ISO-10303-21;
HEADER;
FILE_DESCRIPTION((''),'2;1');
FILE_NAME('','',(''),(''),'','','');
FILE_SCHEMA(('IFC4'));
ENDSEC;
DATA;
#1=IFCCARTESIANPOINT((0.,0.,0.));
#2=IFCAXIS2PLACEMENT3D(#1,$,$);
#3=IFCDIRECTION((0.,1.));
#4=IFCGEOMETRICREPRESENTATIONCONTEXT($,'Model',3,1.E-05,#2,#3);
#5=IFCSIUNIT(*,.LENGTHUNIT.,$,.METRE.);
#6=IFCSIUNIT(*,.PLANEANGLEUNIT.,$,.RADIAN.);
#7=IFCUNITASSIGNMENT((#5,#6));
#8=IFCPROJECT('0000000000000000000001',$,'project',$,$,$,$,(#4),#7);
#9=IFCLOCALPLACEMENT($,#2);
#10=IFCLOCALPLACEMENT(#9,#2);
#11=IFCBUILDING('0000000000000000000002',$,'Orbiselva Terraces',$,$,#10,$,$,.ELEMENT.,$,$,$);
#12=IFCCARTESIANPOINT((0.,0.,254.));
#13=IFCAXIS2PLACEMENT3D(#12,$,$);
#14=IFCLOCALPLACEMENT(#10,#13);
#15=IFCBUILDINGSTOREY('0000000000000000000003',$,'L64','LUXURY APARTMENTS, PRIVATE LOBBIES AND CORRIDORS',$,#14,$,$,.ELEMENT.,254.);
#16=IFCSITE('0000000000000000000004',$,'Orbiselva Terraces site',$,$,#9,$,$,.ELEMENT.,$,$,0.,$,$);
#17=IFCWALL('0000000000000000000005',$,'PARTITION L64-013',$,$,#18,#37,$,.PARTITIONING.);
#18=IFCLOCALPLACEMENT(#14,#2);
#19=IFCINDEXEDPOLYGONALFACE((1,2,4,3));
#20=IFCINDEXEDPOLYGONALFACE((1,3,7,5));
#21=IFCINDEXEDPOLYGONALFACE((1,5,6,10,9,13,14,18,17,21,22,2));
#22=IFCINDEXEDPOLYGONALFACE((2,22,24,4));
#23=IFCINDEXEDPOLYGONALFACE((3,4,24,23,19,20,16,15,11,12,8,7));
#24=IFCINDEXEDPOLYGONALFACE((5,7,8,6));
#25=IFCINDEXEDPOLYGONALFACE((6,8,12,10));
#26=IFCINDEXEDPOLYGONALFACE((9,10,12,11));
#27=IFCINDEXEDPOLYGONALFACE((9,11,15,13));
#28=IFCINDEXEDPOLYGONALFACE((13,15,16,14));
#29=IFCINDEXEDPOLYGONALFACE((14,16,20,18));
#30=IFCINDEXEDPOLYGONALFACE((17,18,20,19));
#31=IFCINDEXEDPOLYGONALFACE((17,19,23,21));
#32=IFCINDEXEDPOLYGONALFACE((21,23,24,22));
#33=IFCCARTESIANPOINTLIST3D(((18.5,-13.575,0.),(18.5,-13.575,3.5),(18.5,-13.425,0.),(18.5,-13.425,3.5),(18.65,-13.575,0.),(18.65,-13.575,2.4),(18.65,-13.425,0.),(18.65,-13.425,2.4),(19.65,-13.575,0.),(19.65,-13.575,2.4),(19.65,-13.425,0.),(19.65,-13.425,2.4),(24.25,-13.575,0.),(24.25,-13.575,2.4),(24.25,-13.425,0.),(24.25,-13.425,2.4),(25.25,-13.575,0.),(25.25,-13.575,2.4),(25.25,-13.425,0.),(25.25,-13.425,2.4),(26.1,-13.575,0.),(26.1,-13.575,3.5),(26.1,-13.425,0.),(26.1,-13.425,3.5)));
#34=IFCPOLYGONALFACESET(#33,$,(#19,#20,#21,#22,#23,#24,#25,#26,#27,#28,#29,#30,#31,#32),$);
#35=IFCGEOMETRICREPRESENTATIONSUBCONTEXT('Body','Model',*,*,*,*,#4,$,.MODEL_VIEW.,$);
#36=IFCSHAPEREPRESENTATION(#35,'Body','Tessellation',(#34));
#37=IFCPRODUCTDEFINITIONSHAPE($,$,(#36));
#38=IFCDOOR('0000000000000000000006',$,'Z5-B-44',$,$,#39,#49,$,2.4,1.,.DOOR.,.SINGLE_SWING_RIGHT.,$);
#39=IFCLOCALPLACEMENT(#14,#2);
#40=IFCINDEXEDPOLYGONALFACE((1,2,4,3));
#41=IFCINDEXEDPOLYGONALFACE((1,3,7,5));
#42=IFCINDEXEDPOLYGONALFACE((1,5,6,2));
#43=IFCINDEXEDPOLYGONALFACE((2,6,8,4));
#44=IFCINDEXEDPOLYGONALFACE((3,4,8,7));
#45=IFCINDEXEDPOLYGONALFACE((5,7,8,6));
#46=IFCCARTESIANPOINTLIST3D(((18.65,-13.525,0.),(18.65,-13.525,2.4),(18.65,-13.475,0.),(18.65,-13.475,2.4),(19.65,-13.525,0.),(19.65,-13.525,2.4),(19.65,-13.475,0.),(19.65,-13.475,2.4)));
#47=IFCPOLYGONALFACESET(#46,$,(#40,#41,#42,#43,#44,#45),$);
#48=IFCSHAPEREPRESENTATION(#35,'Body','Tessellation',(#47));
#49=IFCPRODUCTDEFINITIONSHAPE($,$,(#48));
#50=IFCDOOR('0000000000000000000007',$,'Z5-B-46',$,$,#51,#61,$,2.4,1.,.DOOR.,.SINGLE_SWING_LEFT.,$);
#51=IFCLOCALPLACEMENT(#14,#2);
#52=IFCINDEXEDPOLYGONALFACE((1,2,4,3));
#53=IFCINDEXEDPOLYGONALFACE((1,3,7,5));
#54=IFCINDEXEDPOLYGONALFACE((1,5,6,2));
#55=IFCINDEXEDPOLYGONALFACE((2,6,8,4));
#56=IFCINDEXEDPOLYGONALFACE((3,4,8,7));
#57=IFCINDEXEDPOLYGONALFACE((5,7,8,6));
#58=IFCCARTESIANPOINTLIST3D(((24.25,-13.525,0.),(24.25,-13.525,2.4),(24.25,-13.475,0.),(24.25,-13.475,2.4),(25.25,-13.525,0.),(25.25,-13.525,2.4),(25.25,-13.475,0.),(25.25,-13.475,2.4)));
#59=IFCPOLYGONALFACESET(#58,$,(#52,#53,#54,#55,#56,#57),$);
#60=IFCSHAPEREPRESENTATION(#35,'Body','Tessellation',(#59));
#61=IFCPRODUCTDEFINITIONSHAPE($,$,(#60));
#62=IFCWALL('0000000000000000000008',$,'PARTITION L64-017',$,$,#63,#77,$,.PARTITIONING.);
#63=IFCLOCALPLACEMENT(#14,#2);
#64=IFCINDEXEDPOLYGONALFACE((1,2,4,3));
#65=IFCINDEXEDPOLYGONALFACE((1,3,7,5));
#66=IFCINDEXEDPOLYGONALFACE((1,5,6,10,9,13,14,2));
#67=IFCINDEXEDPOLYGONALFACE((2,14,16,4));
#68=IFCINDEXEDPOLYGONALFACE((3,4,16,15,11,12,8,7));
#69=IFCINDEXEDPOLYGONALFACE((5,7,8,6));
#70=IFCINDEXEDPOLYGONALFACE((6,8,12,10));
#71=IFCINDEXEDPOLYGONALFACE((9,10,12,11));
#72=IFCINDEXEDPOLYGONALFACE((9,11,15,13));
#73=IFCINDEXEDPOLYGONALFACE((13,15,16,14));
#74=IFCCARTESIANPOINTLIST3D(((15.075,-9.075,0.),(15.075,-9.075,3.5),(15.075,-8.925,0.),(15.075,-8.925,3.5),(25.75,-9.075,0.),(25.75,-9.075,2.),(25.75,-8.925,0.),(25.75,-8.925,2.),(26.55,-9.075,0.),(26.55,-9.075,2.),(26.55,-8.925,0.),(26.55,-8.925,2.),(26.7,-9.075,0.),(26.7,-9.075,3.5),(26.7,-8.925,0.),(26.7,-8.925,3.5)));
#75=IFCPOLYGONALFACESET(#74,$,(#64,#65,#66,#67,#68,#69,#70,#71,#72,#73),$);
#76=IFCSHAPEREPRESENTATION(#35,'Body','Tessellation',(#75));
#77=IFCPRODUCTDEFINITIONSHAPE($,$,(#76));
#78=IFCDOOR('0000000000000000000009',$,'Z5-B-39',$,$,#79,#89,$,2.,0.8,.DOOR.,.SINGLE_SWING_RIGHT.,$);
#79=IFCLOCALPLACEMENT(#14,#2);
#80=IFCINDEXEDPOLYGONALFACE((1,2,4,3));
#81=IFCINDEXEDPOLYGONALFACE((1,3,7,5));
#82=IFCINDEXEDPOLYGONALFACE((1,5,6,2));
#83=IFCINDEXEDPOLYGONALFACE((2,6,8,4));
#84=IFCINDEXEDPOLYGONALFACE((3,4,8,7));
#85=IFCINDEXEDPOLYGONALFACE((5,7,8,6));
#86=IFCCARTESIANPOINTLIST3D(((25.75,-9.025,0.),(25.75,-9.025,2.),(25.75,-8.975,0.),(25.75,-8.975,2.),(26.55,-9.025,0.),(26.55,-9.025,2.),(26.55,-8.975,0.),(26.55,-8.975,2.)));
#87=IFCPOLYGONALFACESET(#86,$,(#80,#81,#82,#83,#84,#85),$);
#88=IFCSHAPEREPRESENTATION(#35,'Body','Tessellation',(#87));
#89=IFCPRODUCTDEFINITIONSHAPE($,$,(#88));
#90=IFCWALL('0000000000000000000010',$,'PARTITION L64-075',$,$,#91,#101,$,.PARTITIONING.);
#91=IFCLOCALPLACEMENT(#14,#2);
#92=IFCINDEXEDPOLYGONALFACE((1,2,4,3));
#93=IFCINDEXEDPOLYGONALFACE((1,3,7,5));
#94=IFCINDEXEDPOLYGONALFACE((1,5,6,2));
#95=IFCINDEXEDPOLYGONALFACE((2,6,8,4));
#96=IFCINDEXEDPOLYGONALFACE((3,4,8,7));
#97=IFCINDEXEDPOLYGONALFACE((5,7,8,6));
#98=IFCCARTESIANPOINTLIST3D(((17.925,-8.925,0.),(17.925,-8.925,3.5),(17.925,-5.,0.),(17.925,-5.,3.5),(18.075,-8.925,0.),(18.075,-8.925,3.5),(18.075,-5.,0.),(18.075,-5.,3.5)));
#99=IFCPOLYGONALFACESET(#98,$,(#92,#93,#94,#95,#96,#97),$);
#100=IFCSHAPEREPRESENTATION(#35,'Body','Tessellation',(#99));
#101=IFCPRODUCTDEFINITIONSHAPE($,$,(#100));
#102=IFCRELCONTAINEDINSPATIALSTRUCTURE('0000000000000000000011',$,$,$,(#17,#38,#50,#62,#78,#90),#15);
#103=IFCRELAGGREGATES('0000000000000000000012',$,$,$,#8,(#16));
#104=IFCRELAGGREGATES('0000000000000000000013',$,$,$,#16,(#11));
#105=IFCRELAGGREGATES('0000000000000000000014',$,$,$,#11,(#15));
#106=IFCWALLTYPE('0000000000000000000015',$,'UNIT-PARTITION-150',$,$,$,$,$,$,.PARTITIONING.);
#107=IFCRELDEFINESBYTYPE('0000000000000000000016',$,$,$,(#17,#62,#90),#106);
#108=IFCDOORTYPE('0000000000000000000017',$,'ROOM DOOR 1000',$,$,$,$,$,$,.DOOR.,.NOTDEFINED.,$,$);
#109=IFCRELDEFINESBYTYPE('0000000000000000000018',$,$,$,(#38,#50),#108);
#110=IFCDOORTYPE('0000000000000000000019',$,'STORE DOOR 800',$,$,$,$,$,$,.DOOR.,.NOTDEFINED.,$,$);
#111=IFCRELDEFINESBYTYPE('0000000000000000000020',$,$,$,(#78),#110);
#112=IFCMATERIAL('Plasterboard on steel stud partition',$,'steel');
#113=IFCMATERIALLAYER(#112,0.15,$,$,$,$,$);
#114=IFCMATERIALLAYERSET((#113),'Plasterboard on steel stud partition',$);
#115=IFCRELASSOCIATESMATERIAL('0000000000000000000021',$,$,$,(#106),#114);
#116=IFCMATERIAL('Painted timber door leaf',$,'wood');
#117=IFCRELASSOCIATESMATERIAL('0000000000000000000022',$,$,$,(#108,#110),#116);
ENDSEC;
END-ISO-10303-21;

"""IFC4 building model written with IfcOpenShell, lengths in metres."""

from ifc_helpers import new_model, si_unit, direction, frame, frame_2d, origin, place, context, subcontext, project, spatial, rectangle, extrude, material, layer, layer_set, type_object, element, fill, save


model = new_model("IFC4")

# Units and contexts
model_context = context("Model", 3, precision=1e-05, world=origin(), true_north=direction((0.0, 1.0)))
body_context = subcontext(model_context, "Body", "Model", "MODEL_VIEW")
ifc_project = project(units=[si_unit("LENGTHUNIT", "METRE"), si_unit("PLANEANGLEUNIT", "RADIAN")], contexts=[model_context])

# Site, building, storey
site_placement = place(None, origin())
site = spatial("IfcSite", under=ifc_project, at=site_placement, Name="Orbiselva Terraces site", CompositionType="ELEMENT", RefElevation=0.0)
building_placement = place(site_placement, origin())
building = spatial("IfcBuilding", under=site, at=building_placement, Name="Orbiselva Terraces", CompositionType="ELEMENT")
storey_placement = place(building_placement, frame((0.0, 0.0, 254.0)))
storey = spatial("IfcBuildingStorey", under=building, at=storey_placement, Name="L64", Description="LUXURY APARTMENTS, PRIVATE LOBBIES AND CORRIDORS", CompositionType="ELEMENT", Elevation=254.0)

# Shared definitions
ifc_material_1 = material(Name="Plasterboard on steel stud partition", Category="steel")
ifc_layer_1 = layer(ifc_material_1, 0.15)
ifc_layer_set_1 = layer_set([ifc_layer_1], Name="Plasterboard on steel stud partition")
wall_type_1 = type_object("IfcWallType", Name="UNIT-PARTITION-150", PredefinedType="PARTITIONING", material=ifc_layer_set_1)
ifc_material_2 = material(Name="Painted timber door leaf", Category="wood")

# Wall, openings, doors
door_type_1 = type_object("IfcDoorType", Name="ROOM DOOR 1000", OperationType="NOTDEFINED", PredefinedType="DOOR", material=ifc_material_2)
wall_1_placement = place(storey_placement, frame((26.1, -13.5, 0.0), z_axis=(0.0, 0.0, 1.0), x_axis=(-1.0, 0.0, 0.0)))
wall_1 = element("IfcWall", 1, at=wall_1_placement, inside=storey, type_object=wall_type_1, Name="PARTITION L64-013", PredefinedType="PARTITIONING", context=body_context, shape_type="SweptSolid", body=[
    extrude(rectangle(XDim=7.6, YDim=0.15, at=frame_2d((3.8, 0.0))), origin(), (0.0, 0.0, 1.0), 3.5),
])
opening_1_placement = place(wall_1_placement, frame((6.45, 0.0, 0.0)))
opening_1 = element("IfcOpeningElement", 2, at=opening_1_placement, cuts=wall_1, PredefinedType="OPENING", context=body_context, shape_type="SweptSolid", body=[
    extrude(rectangle(XDim=1.0, YDim=2.4, at=frame_2d((0.5, 1.2))), frame((0.0, 0.085, 0.0), z_axis=(0.0, -1.0, 0.0), x_axis=(1.0, 0.0, 0.0)), (0.0, 0.0, 1.0), 0.17),
])
opening_2_placement = place(wall_1_placement, frame((0.85, 0.0, 0.0)))
opening_2 = element("IfcOpeningElement", 3, at=opening_2_placement, cuts=wall_1, PredefinedType="OPENING", context=body_context, shape_type="SweptSolid", body=[
    extrude(rectangle(XDim=1.0, YDim=2.4, at=frame_2d((0.5, 1.2))), frame((0.0, 0.085, 0.0), z_axis=(0.0, -1.0, 0.0), x_axis=(1.0, 0.0, 0.0)), (0.0, 0.0, 1.0), 0.17),
])
door_1_placement = place(opening_1_placement, origin())
door_1 = element("IfcDoor", 4, at=door_1_placement, inside=storey, type_object=door_type_1, Name="Z5-B-44", OperationType="SINGLE_SWING_RIGHT", OverallHeight=2.4, OverallWidth=1.0, PredefinedType="DOOR", context=body_context, shape_type="SweptSolid", body=[
    extrude(rectangle(XDim=1.0, YDim=2.4, at=frame_2d((0.5, 1.2))), frame((0.0, 0.025, 0.0), z_axis=(0.0, -1.0, 0.0), x_axis=(1.0, 0.0, 0.0)), (0.0, 0.0, 1.0), 0.05),
])
fill(opening_1, door_1)
door_2_placement = place(opening_2_placement, origin())
door_2 = element("IfcDoor", 5, at=door_2_placement, inside=storey, type_object=door_type_1, Name="Z5-B-46", OperationType="SINGLE_SWING_LEFT", OverallHeight=2.4, OverallWidth=1.0, PredefinedType="DOOR", context=body_context, shape_type="SweptSolid", body=[
    extrude(rectangle(XDim=1.0, YDim=2.4, at=frame_2d((0.5, 1.2))), frame((0.0, 0.025, 0.0), z_axis=(0.0, -1.0, 0.0), x_axis=(1.0, 0.0, 0.0)), (0.0, 0.0, 1.0), 0.05),
])
fill(opening_2, door_2)

# Wall, opening, door
wall_2_placement = place(storey_placement, frame((15.075, -9.0, 0.0), z_axis=(0.0, 0.0, 1.0), x_axis=(1.0, 0.0, 0.0)))
wall_2 = element("IfcWall", 6, at=wall_2_placement, inside=storey, type_object=wall_type_1, Name="PARTITION L64-017", PredefinedType="PARTITIONING", context=body_context, shape_type="SweptSolid", body=[
    extrude(rectangle(XDim=11.625, YDim=0.15, at=frame_2d((5.8125, 0.0))), origin(), (0.0, 0.0, 1.0), 3.5),
])
opening_3_placement = place(wall_2_placement, frame((10.675, 0.0, 0.0)))
opening_3 = element("IfcOpeningElement", 7, at=opening_3_placement, cuts=wall_2, PredefinedType="OPENING", context=body_context, shape_type="SweptSolid", body=[
    extrude(rectangle(XDim=0.8, YDim=2.0, at=frame_2d((0.4, 1.0))), frame((0.0, 0.085, 0.0), z_axis=(0.0, -1.0, 0.0), x_axis=(1.0, 0.0, 0.0)), (0.0, 0.0, 1.0), 0.17),
])
door_type_2 = type_object("IfcDoorType", Name="STORE DOOR 800", OperationType="NOTDEFINED", PredefinedType="DOOR", material=ifc_material_2)
door_3_placement = place(opening_3_placement, origin())
door_3 = element("IfcDoor", 8, at=door_3_placement, inside=storey, type_object=door_type_2, Name="Z5-B-39", OperationType="SINGLE_SWING_RIGHT", OverallHeight=2.0, OverallWidth=0.8, PredefinedType="DOOR", context=body_context, shape_type="SweptSolid", body=[
    extrude(rectangle(XDim=0.8, YDim=2.0, at=frame_2d((0.4, 1.0))), frame((0.0, 0.025, 0.0), z_axis=(0.0, -1.0, 0.0), x_axis=(1.0, 0.0, 0.0)), (0.0, 0.0, 1.0), 0.05),
])
fill(opening_3, door_3)

# Wall
wall_3_placement = place(storey_placement, frame((18.0, -8.925, 0.0), z_axis=(0.0, 0.0, 1.0), x_axis=(0.0, 1.0, 0.0)))
element("IfcWall", 9, at=wall_3_placement, inside=storey, type_object=wall_type_1, Name="PARTITION L64-075", PredefinedType="PARTITIONING", context=body_context, shape_type="SweptSolid", body=[
    extrude(rectangle(XDim=3.925, YDim=0.15, at=frame_2d((1.9625, 0.0))), origin(), (0.0, 0.0, 1.0), 3.5),
])

save(model, "model.ifc")
